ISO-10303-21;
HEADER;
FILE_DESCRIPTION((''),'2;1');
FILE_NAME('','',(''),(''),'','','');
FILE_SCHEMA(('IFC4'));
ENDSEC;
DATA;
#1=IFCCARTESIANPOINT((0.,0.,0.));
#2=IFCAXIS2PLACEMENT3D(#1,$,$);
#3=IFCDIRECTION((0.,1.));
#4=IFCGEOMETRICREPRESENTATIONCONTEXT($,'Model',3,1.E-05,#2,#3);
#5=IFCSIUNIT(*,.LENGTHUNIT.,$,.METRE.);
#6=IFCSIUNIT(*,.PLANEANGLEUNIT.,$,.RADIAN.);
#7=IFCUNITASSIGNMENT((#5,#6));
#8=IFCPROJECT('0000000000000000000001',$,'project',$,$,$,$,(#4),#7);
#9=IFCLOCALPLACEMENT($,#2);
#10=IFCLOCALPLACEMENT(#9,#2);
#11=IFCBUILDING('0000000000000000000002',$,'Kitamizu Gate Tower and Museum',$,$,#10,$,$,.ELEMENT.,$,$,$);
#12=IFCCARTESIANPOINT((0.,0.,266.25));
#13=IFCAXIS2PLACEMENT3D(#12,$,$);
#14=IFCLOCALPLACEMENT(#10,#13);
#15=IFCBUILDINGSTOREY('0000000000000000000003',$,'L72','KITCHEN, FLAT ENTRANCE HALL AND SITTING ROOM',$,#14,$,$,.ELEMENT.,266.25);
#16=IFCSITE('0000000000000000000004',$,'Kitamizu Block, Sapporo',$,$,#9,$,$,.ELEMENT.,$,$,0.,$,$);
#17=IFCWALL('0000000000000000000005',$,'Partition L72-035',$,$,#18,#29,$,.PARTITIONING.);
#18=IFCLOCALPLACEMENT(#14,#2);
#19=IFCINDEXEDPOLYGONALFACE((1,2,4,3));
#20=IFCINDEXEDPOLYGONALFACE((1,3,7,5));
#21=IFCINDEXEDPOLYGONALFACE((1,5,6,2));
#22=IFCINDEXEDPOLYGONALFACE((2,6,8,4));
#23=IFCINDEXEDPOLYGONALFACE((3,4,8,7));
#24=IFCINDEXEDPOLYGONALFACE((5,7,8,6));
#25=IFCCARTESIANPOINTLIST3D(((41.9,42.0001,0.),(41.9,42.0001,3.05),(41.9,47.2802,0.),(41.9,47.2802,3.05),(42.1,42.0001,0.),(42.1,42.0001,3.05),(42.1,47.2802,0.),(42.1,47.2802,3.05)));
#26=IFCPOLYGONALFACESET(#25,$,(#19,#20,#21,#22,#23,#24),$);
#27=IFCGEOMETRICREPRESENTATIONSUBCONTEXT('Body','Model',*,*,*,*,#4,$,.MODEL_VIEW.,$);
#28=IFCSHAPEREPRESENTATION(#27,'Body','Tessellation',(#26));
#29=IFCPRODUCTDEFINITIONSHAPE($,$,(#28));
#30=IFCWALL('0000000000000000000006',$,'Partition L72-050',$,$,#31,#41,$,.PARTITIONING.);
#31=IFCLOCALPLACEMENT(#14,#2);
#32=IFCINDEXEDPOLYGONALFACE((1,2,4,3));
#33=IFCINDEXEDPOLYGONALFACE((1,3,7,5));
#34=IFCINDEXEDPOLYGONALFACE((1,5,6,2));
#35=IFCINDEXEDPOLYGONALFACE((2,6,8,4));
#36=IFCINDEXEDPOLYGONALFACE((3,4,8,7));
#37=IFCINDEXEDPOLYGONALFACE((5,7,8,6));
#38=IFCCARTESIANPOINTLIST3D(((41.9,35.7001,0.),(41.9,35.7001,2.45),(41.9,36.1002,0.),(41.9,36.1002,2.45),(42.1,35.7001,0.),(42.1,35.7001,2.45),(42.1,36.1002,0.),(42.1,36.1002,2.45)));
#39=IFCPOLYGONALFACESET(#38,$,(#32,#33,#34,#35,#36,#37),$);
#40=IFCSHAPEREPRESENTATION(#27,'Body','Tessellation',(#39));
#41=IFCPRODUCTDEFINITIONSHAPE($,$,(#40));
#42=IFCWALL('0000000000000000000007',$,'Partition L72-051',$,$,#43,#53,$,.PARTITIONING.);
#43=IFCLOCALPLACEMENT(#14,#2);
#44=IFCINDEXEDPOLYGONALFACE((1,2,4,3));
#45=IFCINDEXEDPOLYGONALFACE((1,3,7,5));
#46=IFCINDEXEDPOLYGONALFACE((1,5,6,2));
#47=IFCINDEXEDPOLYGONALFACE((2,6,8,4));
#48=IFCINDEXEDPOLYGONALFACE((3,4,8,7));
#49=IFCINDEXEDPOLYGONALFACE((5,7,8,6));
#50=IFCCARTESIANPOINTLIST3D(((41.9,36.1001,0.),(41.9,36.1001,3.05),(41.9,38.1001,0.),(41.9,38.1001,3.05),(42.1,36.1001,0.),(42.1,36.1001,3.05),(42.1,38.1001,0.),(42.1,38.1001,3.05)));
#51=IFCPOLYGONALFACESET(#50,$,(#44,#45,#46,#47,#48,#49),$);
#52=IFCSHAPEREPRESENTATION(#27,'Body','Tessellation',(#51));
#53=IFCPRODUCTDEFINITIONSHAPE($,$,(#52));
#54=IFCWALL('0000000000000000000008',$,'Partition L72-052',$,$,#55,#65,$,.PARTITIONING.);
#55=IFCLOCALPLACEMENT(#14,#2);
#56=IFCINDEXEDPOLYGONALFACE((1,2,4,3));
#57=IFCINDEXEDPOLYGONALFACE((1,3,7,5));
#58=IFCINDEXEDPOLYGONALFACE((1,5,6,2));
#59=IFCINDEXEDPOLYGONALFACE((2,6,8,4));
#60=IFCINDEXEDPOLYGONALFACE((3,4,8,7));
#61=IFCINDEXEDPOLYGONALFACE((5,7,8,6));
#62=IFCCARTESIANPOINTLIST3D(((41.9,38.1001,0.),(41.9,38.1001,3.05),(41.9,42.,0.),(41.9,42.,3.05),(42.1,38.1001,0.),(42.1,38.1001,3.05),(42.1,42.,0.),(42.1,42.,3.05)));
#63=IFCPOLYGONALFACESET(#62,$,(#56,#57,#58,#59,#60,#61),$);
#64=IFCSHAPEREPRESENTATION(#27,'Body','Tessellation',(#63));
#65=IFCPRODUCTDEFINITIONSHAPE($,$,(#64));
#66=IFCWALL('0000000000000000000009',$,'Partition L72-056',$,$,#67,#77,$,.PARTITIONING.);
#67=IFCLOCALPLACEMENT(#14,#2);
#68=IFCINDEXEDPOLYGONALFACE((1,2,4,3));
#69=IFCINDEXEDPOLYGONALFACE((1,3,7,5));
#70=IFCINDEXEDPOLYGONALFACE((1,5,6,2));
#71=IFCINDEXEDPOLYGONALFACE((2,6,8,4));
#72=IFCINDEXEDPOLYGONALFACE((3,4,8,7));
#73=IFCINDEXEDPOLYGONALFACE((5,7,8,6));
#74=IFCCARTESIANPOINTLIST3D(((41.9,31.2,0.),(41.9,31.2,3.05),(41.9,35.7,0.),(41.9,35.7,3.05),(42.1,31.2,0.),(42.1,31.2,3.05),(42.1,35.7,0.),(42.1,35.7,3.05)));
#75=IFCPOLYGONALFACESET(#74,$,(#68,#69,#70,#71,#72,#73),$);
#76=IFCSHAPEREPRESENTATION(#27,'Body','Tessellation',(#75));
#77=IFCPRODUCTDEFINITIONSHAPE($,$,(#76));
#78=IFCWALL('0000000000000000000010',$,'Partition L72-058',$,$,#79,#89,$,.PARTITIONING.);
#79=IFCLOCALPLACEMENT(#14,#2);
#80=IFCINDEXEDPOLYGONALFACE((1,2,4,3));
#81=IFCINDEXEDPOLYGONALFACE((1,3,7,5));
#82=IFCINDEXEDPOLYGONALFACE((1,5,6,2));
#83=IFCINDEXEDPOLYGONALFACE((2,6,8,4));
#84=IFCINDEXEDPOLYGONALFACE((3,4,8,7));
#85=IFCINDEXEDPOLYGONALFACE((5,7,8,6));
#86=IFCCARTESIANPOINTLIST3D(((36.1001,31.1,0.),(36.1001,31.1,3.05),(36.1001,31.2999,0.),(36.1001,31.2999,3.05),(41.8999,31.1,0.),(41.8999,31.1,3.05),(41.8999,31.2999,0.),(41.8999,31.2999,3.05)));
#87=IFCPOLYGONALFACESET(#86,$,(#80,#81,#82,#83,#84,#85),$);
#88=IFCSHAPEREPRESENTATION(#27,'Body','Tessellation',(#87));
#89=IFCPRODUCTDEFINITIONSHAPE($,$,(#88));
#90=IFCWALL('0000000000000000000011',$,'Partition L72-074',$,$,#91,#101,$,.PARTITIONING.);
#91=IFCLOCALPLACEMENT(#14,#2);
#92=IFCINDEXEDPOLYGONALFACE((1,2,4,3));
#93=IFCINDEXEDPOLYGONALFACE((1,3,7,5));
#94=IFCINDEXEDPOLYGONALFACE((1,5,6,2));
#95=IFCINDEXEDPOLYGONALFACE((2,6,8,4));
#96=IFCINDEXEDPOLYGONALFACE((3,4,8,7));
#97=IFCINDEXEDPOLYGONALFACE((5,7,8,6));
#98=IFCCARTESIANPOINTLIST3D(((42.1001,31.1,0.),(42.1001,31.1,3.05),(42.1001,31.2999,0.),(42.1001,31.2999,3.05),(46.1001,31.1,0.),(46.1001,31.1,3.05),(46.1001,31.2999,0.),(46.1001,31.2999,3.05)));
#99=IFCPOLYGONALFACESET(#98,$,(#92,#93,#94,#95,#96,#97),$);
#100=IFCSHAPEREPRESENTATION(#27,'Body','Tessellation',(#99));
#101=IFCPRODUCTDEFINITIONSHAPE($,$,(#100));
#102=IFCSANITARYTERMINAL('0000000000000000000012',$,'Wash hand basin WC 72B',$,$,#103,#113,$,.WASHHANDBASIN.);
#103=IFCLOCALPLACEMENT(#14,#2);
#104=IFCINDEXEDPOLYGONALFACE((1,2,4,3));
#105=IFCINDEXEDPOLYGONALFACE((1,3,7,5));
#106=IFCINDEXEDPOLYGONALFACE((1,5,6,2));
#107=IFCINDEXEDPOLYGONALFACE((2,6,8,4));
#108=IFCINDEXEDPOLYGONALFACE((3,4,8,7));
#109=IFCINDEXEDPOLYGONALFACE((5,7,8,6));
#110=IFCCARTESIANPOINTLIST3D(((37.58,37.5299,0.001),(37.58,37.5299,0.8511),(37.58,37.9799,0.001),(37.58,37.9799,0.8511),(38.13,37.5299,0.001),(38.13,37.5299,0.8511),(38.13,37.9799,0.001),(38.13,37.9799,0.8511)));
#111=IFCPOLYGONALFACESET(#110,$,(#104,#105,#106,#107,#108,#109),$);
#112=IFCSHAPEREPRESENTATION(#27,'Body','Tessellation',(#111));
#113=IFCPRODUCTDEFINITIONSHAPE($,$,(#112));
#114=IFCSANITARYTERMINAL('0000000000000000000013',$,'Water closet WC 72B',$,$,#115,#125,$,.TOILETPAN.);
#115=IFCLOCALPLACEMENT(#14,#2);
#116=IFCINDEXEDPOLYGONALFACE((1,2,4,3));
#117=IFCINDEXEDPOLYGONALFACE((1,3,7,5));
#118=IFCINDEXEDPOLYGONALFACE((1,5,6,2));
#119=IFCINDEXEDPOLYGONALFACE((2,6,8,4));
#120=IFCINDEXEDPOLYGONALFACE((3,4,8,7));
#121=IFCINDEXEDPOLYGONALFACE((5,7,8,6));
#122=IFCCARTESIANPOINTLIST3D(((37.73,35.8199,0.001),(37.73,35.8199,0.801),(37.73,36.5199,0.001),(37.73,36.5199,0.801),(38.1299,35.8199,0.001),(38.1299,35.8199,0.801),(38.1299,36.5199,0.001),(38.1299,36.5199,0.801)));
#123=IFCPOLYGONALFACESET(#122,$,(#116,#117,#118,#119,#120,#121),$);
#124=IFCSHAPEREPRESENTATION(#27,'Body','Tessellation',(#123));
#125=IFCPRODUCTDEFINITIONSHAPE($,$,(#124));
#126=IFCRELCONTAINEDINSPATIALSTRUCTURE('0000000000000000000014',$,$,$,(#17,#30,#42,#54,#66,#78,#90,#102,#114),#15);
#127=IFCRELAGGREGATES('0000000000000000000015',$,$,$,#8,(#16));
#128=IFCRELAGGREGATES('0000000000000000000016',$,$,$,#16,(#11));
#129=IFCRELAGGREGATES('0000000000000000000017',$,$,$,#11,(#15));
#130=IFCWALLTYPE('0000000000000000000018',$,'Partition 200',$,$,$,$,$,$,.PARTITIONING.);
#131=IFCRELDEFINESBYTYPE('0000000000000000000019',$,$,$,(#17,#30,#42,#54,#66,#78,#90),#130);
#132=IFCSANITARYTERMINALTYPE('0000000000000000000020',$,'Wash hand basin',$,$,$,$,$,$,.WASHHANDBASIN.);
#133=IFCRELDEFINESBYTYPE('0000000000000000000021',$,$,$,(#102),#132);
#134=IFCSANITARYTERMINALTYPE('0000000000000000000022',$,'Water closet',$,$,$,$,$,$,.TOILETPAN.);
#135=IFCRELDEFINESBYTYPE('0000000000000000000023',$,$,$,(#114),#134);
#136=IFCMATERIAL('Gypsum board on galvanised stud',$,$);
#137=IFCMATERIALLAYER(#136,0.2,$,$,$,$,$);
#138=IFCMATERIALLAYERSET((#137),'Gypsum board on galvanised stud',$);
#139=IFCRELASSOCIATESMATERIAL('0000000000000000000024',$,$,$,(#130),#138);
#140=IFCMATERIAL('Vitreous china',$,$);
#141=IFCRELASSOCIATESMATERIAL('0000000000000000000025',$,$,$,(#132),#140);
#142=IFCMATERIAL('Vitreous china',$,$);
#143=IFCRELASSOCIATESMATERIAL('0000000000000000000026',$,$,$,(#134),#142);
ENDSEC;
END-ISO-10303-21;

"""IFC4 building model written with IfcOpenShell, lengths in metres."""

from ifc_helpers import new_model, si_unit, direction, frame, frame_2d, origin, origin_2d, place, context, subcontext, project, spatial, rectangle, extrude, material, layer, layer_set, type_object, element, save


model = new_model("IFC4")

# Units and contexts
model_context = context("Model", 3, precision=1e-05, world=origin(), true_north=direction((0.0, 1.0)))
body_context = subcontext(model_context, "Body", "Model", "MODEL_VIEW")
ifc_project = project(units=[si_unit("LENGTHUNIT", "METRE"), si_unit("PLANEANGLEUNIT", "RADIAN")], contexts=[model_context])

# Site, building, storey
site_placement = place(None, origin())
site = spatial("IfcSite", under=ifc_project, at=site_placement, Name="Kitamizu Block, Sapporo", CompositionType="ELEMENT", RefElevation=0.0)
building_placement = place(site_placement, origin())
building = spatial("IfcBuilding", under=site, at=building_placement, Name="Kitamizu Gate Tower and Museum", CompositionType="ELEMENT")
storey_placement = place(building_placement, frame((0.0, 0.0, 266.25)))
storey = spatial("IfcBuildingStorey", under=building, at=storey_placement, Name="L72", Description="KITCHEN, FLAT ENTRANCE HALL AND SITTING ROOM", CompositionType="ELEMENT", Elevation=266.25)

# Walls
ifc_material_1 = material(Name="Gypsum board on galvanised stud")
ifc_layer_1 = layer(ifc_material_1, 0.2)
ifc_layer_set_1 = layer_set([ifc_layer_1], Name="Gypsum board on galvanised stud")
wall_type_1 = type_object("IfcWallType", Name="Partition 200", PredefinedType="PARTITIONING", material=ifc_layer_set_1)
wall_1_placement = place(storey_placement, frame((42.0, 42.0, 0.0), z_axis=(0.0, 0.0, 1.0), x_axis=(0.0, 1.0, 0.0)))
element("IfcWall", 1, at=wall_1_placement, inside=storey, type_object=wall_type_1, Name="Partition L72-035", PredefinedType="PARTITIONING", context=body_context, shape_type="SweptSolid", body=[
    extrude(rectangle(XDim=5.28, YDim=0.2, at=frame_2d((2.6401, 0.0))), origin(), (0.0, 0.0, 1.0), 3.05),
])
wall_2_placement = place(storey_placement, frame((42.0, 35.7, 0.0), z_axis=(0.0, 0.0, 1.0), x_axis=(0.0, 1.0, 0.0)))
element("IfcWall", 2, at=wall_2_placement, inside=storey, type_object=wall_type_1, Name="Partition L72-050", PredefinedType="PARTITIONING", context=body_context, shape_type="SweptSolid", body=[
    extrude(rectangle(XDim=0.4001, YDim=0.2, at=frame_2d((0.2002, 0.0))), origin(), (0.0, 0.0, 1.0), 2.45),
])
wall_3_placement = place(storey_placement, frame((42.0, 36.1001, 0.0), z_axis=(0.0, 0.0, 1.0), x_axis=(0.0, 1.0, 0.0)))
element("IfcWall", 3, at=wall_3_placement, inside=storey, type_object=wall_type_1, Name="Partition L72-051", PredefinedType="PARTITIONING", context=body_context, shape_type="SweptSolid", body=[
    extrude(rectangle(XDim=2.0, YDim=0.2, at=frame_2d((1.0, 0.0))), origin(), (0.0, 0.0, 1.0), 3.05),
])
wall_4_placement = place(storey_placement, frame((42.0, 38.1001, 0.0), z_axis=(0.0, 0.0, 1.0), x_axis=(0.0, 1.0, 0.0)))
element("IfcWall", 4, at=wall_4_placement, inside=storey, type_object=wall_type_1, Name="Partition L72-052", PredefinedType="PARTITIONING", context=body_context, shape_type="SweptSolid", body=[
    extrude(rectangle(XDim=3.8999, YDim=0.2, at=frame_2d((1.95, 0.0))), origin(), (0.0, 0.0, 1.0), 3.05),
])
wall_5_placement = place(storey_placement, frame((42.0, 31.2, 0.0), z_axis=(0.0, 0.0, 1.0), x_axis=(0.0, 1.0, 0.0)))
element("IfcWall", 5, at=wall_5_placement, inside=storey, type_object=wall_type_1, Name="Partition L72-056", PredefinedType="PARTITIONING", context=body_context, shape_type="SweptSolid", body=[
    extrude(rectangle(XDim=4.5, YDim=0.2, at=frame_2d((2.25, 0.0))), origin(), (0.0, 0.0, 1.0), 3.05),
])
wall_6_placement = place(storey_placement, frame((36.1001, 31.2, 0.0), z_axis=(0.0, 0.0, 1.0), x_axis=(1.0, 0.0, 0.0)))
element("IfcWall", 6, at=wall_6_placement, inside=storey, type_object=wall_type_1, Name="Partition L72-058", PredefinedType="PARTITIONING", context=body_context, shape_type="SweptSolid", body=[
    extrude(rectangle(XDim=5.7998, YDim=0.2, at=frame_2d((2.8999, 0.0))), origin(), (0.0, 0.0, 1.0), 3.05),
])
wall_7_placement = place(storey_placement, frame((42.1001, 31.2, 0.0), z_axis=(0.0, 0.0, 1.0), x_axis=(1.0, 0.0, 0.0)))
element("IfcWall", 7, at=wall_7_placement, inside=storey, type_object=wall_type_1, Name="Partition L72-074", PredefinedType="PARTITIONING", context=body_context, shape_type="SweptSolid", body=[
    extrude(rectangle(XDim=4.0, YDim=0.2, at=frame_2d((2.0, 0.0))), origin(), (0.0, 0.0, 1.0), 3.05),
])

# Sanitary terminals
ifc_material_2 = material(Name="Vitreous china")
sanitary_terminal_type_1 = type_object("IfcSanitaryTerminalType", Name="Wash hand basin", PredefinedType="WASHHANDBASIN", material=ifc_material_2)
sanitary_terminal_1_placement = place(storey_placement, frame((37.855, 37.7549, 0.001), z_axis=(0.0, 0.0, 1.0), x_axis=(1.0, 0.0, 0.0)))
element("IfcSanitaryTerminal", 8, at=sanitary_terminal_1_placement, inside=storey, type_object=sanitary_terminal_type_1, Name="Wash hand basin WC 72B", PredefinedType="WASHHANDBASIN", context=body_context, shape_type="SweptSolid", body=[
    extrude(rectangle(XDim=0.55, YDim=0.45, at=origin_2d()), origin(), (0.0, 0.0, 1.0), 0.8501),
])
ifc_material_3 = material(Name="Vitreous china")
sanitary_terminal_type_2 = type_object("IfcSanitaryTerminalType", Name="Water closet", PredefinedType="TOILETPAN", material=ifc_material_3)
sanitary_terminal_2_placement = place(storey_placement, frame((37.9299, 36.1699, 0.001), z_axis=(0.0, 0.0, 1.0), x_axis=(1.0, 0.0, 0.0)))
element("IfcSanitaryTerminal", 9, at=sanitary_terminal_2_placement, inside=storey, type_object=sanitary_terminal_type_2, Name="Water closet WC 72B", PredefinedType="TOILETPAN", context=body_context, shape_type="SweptSolid", body=[
    extrude(rectangle(XDim=0.3999, YDim=0.7, at=origin_2d()), origin(), (0.0, 0.0, 1.0), 0.8),
])

save(model, "model.ifc")
